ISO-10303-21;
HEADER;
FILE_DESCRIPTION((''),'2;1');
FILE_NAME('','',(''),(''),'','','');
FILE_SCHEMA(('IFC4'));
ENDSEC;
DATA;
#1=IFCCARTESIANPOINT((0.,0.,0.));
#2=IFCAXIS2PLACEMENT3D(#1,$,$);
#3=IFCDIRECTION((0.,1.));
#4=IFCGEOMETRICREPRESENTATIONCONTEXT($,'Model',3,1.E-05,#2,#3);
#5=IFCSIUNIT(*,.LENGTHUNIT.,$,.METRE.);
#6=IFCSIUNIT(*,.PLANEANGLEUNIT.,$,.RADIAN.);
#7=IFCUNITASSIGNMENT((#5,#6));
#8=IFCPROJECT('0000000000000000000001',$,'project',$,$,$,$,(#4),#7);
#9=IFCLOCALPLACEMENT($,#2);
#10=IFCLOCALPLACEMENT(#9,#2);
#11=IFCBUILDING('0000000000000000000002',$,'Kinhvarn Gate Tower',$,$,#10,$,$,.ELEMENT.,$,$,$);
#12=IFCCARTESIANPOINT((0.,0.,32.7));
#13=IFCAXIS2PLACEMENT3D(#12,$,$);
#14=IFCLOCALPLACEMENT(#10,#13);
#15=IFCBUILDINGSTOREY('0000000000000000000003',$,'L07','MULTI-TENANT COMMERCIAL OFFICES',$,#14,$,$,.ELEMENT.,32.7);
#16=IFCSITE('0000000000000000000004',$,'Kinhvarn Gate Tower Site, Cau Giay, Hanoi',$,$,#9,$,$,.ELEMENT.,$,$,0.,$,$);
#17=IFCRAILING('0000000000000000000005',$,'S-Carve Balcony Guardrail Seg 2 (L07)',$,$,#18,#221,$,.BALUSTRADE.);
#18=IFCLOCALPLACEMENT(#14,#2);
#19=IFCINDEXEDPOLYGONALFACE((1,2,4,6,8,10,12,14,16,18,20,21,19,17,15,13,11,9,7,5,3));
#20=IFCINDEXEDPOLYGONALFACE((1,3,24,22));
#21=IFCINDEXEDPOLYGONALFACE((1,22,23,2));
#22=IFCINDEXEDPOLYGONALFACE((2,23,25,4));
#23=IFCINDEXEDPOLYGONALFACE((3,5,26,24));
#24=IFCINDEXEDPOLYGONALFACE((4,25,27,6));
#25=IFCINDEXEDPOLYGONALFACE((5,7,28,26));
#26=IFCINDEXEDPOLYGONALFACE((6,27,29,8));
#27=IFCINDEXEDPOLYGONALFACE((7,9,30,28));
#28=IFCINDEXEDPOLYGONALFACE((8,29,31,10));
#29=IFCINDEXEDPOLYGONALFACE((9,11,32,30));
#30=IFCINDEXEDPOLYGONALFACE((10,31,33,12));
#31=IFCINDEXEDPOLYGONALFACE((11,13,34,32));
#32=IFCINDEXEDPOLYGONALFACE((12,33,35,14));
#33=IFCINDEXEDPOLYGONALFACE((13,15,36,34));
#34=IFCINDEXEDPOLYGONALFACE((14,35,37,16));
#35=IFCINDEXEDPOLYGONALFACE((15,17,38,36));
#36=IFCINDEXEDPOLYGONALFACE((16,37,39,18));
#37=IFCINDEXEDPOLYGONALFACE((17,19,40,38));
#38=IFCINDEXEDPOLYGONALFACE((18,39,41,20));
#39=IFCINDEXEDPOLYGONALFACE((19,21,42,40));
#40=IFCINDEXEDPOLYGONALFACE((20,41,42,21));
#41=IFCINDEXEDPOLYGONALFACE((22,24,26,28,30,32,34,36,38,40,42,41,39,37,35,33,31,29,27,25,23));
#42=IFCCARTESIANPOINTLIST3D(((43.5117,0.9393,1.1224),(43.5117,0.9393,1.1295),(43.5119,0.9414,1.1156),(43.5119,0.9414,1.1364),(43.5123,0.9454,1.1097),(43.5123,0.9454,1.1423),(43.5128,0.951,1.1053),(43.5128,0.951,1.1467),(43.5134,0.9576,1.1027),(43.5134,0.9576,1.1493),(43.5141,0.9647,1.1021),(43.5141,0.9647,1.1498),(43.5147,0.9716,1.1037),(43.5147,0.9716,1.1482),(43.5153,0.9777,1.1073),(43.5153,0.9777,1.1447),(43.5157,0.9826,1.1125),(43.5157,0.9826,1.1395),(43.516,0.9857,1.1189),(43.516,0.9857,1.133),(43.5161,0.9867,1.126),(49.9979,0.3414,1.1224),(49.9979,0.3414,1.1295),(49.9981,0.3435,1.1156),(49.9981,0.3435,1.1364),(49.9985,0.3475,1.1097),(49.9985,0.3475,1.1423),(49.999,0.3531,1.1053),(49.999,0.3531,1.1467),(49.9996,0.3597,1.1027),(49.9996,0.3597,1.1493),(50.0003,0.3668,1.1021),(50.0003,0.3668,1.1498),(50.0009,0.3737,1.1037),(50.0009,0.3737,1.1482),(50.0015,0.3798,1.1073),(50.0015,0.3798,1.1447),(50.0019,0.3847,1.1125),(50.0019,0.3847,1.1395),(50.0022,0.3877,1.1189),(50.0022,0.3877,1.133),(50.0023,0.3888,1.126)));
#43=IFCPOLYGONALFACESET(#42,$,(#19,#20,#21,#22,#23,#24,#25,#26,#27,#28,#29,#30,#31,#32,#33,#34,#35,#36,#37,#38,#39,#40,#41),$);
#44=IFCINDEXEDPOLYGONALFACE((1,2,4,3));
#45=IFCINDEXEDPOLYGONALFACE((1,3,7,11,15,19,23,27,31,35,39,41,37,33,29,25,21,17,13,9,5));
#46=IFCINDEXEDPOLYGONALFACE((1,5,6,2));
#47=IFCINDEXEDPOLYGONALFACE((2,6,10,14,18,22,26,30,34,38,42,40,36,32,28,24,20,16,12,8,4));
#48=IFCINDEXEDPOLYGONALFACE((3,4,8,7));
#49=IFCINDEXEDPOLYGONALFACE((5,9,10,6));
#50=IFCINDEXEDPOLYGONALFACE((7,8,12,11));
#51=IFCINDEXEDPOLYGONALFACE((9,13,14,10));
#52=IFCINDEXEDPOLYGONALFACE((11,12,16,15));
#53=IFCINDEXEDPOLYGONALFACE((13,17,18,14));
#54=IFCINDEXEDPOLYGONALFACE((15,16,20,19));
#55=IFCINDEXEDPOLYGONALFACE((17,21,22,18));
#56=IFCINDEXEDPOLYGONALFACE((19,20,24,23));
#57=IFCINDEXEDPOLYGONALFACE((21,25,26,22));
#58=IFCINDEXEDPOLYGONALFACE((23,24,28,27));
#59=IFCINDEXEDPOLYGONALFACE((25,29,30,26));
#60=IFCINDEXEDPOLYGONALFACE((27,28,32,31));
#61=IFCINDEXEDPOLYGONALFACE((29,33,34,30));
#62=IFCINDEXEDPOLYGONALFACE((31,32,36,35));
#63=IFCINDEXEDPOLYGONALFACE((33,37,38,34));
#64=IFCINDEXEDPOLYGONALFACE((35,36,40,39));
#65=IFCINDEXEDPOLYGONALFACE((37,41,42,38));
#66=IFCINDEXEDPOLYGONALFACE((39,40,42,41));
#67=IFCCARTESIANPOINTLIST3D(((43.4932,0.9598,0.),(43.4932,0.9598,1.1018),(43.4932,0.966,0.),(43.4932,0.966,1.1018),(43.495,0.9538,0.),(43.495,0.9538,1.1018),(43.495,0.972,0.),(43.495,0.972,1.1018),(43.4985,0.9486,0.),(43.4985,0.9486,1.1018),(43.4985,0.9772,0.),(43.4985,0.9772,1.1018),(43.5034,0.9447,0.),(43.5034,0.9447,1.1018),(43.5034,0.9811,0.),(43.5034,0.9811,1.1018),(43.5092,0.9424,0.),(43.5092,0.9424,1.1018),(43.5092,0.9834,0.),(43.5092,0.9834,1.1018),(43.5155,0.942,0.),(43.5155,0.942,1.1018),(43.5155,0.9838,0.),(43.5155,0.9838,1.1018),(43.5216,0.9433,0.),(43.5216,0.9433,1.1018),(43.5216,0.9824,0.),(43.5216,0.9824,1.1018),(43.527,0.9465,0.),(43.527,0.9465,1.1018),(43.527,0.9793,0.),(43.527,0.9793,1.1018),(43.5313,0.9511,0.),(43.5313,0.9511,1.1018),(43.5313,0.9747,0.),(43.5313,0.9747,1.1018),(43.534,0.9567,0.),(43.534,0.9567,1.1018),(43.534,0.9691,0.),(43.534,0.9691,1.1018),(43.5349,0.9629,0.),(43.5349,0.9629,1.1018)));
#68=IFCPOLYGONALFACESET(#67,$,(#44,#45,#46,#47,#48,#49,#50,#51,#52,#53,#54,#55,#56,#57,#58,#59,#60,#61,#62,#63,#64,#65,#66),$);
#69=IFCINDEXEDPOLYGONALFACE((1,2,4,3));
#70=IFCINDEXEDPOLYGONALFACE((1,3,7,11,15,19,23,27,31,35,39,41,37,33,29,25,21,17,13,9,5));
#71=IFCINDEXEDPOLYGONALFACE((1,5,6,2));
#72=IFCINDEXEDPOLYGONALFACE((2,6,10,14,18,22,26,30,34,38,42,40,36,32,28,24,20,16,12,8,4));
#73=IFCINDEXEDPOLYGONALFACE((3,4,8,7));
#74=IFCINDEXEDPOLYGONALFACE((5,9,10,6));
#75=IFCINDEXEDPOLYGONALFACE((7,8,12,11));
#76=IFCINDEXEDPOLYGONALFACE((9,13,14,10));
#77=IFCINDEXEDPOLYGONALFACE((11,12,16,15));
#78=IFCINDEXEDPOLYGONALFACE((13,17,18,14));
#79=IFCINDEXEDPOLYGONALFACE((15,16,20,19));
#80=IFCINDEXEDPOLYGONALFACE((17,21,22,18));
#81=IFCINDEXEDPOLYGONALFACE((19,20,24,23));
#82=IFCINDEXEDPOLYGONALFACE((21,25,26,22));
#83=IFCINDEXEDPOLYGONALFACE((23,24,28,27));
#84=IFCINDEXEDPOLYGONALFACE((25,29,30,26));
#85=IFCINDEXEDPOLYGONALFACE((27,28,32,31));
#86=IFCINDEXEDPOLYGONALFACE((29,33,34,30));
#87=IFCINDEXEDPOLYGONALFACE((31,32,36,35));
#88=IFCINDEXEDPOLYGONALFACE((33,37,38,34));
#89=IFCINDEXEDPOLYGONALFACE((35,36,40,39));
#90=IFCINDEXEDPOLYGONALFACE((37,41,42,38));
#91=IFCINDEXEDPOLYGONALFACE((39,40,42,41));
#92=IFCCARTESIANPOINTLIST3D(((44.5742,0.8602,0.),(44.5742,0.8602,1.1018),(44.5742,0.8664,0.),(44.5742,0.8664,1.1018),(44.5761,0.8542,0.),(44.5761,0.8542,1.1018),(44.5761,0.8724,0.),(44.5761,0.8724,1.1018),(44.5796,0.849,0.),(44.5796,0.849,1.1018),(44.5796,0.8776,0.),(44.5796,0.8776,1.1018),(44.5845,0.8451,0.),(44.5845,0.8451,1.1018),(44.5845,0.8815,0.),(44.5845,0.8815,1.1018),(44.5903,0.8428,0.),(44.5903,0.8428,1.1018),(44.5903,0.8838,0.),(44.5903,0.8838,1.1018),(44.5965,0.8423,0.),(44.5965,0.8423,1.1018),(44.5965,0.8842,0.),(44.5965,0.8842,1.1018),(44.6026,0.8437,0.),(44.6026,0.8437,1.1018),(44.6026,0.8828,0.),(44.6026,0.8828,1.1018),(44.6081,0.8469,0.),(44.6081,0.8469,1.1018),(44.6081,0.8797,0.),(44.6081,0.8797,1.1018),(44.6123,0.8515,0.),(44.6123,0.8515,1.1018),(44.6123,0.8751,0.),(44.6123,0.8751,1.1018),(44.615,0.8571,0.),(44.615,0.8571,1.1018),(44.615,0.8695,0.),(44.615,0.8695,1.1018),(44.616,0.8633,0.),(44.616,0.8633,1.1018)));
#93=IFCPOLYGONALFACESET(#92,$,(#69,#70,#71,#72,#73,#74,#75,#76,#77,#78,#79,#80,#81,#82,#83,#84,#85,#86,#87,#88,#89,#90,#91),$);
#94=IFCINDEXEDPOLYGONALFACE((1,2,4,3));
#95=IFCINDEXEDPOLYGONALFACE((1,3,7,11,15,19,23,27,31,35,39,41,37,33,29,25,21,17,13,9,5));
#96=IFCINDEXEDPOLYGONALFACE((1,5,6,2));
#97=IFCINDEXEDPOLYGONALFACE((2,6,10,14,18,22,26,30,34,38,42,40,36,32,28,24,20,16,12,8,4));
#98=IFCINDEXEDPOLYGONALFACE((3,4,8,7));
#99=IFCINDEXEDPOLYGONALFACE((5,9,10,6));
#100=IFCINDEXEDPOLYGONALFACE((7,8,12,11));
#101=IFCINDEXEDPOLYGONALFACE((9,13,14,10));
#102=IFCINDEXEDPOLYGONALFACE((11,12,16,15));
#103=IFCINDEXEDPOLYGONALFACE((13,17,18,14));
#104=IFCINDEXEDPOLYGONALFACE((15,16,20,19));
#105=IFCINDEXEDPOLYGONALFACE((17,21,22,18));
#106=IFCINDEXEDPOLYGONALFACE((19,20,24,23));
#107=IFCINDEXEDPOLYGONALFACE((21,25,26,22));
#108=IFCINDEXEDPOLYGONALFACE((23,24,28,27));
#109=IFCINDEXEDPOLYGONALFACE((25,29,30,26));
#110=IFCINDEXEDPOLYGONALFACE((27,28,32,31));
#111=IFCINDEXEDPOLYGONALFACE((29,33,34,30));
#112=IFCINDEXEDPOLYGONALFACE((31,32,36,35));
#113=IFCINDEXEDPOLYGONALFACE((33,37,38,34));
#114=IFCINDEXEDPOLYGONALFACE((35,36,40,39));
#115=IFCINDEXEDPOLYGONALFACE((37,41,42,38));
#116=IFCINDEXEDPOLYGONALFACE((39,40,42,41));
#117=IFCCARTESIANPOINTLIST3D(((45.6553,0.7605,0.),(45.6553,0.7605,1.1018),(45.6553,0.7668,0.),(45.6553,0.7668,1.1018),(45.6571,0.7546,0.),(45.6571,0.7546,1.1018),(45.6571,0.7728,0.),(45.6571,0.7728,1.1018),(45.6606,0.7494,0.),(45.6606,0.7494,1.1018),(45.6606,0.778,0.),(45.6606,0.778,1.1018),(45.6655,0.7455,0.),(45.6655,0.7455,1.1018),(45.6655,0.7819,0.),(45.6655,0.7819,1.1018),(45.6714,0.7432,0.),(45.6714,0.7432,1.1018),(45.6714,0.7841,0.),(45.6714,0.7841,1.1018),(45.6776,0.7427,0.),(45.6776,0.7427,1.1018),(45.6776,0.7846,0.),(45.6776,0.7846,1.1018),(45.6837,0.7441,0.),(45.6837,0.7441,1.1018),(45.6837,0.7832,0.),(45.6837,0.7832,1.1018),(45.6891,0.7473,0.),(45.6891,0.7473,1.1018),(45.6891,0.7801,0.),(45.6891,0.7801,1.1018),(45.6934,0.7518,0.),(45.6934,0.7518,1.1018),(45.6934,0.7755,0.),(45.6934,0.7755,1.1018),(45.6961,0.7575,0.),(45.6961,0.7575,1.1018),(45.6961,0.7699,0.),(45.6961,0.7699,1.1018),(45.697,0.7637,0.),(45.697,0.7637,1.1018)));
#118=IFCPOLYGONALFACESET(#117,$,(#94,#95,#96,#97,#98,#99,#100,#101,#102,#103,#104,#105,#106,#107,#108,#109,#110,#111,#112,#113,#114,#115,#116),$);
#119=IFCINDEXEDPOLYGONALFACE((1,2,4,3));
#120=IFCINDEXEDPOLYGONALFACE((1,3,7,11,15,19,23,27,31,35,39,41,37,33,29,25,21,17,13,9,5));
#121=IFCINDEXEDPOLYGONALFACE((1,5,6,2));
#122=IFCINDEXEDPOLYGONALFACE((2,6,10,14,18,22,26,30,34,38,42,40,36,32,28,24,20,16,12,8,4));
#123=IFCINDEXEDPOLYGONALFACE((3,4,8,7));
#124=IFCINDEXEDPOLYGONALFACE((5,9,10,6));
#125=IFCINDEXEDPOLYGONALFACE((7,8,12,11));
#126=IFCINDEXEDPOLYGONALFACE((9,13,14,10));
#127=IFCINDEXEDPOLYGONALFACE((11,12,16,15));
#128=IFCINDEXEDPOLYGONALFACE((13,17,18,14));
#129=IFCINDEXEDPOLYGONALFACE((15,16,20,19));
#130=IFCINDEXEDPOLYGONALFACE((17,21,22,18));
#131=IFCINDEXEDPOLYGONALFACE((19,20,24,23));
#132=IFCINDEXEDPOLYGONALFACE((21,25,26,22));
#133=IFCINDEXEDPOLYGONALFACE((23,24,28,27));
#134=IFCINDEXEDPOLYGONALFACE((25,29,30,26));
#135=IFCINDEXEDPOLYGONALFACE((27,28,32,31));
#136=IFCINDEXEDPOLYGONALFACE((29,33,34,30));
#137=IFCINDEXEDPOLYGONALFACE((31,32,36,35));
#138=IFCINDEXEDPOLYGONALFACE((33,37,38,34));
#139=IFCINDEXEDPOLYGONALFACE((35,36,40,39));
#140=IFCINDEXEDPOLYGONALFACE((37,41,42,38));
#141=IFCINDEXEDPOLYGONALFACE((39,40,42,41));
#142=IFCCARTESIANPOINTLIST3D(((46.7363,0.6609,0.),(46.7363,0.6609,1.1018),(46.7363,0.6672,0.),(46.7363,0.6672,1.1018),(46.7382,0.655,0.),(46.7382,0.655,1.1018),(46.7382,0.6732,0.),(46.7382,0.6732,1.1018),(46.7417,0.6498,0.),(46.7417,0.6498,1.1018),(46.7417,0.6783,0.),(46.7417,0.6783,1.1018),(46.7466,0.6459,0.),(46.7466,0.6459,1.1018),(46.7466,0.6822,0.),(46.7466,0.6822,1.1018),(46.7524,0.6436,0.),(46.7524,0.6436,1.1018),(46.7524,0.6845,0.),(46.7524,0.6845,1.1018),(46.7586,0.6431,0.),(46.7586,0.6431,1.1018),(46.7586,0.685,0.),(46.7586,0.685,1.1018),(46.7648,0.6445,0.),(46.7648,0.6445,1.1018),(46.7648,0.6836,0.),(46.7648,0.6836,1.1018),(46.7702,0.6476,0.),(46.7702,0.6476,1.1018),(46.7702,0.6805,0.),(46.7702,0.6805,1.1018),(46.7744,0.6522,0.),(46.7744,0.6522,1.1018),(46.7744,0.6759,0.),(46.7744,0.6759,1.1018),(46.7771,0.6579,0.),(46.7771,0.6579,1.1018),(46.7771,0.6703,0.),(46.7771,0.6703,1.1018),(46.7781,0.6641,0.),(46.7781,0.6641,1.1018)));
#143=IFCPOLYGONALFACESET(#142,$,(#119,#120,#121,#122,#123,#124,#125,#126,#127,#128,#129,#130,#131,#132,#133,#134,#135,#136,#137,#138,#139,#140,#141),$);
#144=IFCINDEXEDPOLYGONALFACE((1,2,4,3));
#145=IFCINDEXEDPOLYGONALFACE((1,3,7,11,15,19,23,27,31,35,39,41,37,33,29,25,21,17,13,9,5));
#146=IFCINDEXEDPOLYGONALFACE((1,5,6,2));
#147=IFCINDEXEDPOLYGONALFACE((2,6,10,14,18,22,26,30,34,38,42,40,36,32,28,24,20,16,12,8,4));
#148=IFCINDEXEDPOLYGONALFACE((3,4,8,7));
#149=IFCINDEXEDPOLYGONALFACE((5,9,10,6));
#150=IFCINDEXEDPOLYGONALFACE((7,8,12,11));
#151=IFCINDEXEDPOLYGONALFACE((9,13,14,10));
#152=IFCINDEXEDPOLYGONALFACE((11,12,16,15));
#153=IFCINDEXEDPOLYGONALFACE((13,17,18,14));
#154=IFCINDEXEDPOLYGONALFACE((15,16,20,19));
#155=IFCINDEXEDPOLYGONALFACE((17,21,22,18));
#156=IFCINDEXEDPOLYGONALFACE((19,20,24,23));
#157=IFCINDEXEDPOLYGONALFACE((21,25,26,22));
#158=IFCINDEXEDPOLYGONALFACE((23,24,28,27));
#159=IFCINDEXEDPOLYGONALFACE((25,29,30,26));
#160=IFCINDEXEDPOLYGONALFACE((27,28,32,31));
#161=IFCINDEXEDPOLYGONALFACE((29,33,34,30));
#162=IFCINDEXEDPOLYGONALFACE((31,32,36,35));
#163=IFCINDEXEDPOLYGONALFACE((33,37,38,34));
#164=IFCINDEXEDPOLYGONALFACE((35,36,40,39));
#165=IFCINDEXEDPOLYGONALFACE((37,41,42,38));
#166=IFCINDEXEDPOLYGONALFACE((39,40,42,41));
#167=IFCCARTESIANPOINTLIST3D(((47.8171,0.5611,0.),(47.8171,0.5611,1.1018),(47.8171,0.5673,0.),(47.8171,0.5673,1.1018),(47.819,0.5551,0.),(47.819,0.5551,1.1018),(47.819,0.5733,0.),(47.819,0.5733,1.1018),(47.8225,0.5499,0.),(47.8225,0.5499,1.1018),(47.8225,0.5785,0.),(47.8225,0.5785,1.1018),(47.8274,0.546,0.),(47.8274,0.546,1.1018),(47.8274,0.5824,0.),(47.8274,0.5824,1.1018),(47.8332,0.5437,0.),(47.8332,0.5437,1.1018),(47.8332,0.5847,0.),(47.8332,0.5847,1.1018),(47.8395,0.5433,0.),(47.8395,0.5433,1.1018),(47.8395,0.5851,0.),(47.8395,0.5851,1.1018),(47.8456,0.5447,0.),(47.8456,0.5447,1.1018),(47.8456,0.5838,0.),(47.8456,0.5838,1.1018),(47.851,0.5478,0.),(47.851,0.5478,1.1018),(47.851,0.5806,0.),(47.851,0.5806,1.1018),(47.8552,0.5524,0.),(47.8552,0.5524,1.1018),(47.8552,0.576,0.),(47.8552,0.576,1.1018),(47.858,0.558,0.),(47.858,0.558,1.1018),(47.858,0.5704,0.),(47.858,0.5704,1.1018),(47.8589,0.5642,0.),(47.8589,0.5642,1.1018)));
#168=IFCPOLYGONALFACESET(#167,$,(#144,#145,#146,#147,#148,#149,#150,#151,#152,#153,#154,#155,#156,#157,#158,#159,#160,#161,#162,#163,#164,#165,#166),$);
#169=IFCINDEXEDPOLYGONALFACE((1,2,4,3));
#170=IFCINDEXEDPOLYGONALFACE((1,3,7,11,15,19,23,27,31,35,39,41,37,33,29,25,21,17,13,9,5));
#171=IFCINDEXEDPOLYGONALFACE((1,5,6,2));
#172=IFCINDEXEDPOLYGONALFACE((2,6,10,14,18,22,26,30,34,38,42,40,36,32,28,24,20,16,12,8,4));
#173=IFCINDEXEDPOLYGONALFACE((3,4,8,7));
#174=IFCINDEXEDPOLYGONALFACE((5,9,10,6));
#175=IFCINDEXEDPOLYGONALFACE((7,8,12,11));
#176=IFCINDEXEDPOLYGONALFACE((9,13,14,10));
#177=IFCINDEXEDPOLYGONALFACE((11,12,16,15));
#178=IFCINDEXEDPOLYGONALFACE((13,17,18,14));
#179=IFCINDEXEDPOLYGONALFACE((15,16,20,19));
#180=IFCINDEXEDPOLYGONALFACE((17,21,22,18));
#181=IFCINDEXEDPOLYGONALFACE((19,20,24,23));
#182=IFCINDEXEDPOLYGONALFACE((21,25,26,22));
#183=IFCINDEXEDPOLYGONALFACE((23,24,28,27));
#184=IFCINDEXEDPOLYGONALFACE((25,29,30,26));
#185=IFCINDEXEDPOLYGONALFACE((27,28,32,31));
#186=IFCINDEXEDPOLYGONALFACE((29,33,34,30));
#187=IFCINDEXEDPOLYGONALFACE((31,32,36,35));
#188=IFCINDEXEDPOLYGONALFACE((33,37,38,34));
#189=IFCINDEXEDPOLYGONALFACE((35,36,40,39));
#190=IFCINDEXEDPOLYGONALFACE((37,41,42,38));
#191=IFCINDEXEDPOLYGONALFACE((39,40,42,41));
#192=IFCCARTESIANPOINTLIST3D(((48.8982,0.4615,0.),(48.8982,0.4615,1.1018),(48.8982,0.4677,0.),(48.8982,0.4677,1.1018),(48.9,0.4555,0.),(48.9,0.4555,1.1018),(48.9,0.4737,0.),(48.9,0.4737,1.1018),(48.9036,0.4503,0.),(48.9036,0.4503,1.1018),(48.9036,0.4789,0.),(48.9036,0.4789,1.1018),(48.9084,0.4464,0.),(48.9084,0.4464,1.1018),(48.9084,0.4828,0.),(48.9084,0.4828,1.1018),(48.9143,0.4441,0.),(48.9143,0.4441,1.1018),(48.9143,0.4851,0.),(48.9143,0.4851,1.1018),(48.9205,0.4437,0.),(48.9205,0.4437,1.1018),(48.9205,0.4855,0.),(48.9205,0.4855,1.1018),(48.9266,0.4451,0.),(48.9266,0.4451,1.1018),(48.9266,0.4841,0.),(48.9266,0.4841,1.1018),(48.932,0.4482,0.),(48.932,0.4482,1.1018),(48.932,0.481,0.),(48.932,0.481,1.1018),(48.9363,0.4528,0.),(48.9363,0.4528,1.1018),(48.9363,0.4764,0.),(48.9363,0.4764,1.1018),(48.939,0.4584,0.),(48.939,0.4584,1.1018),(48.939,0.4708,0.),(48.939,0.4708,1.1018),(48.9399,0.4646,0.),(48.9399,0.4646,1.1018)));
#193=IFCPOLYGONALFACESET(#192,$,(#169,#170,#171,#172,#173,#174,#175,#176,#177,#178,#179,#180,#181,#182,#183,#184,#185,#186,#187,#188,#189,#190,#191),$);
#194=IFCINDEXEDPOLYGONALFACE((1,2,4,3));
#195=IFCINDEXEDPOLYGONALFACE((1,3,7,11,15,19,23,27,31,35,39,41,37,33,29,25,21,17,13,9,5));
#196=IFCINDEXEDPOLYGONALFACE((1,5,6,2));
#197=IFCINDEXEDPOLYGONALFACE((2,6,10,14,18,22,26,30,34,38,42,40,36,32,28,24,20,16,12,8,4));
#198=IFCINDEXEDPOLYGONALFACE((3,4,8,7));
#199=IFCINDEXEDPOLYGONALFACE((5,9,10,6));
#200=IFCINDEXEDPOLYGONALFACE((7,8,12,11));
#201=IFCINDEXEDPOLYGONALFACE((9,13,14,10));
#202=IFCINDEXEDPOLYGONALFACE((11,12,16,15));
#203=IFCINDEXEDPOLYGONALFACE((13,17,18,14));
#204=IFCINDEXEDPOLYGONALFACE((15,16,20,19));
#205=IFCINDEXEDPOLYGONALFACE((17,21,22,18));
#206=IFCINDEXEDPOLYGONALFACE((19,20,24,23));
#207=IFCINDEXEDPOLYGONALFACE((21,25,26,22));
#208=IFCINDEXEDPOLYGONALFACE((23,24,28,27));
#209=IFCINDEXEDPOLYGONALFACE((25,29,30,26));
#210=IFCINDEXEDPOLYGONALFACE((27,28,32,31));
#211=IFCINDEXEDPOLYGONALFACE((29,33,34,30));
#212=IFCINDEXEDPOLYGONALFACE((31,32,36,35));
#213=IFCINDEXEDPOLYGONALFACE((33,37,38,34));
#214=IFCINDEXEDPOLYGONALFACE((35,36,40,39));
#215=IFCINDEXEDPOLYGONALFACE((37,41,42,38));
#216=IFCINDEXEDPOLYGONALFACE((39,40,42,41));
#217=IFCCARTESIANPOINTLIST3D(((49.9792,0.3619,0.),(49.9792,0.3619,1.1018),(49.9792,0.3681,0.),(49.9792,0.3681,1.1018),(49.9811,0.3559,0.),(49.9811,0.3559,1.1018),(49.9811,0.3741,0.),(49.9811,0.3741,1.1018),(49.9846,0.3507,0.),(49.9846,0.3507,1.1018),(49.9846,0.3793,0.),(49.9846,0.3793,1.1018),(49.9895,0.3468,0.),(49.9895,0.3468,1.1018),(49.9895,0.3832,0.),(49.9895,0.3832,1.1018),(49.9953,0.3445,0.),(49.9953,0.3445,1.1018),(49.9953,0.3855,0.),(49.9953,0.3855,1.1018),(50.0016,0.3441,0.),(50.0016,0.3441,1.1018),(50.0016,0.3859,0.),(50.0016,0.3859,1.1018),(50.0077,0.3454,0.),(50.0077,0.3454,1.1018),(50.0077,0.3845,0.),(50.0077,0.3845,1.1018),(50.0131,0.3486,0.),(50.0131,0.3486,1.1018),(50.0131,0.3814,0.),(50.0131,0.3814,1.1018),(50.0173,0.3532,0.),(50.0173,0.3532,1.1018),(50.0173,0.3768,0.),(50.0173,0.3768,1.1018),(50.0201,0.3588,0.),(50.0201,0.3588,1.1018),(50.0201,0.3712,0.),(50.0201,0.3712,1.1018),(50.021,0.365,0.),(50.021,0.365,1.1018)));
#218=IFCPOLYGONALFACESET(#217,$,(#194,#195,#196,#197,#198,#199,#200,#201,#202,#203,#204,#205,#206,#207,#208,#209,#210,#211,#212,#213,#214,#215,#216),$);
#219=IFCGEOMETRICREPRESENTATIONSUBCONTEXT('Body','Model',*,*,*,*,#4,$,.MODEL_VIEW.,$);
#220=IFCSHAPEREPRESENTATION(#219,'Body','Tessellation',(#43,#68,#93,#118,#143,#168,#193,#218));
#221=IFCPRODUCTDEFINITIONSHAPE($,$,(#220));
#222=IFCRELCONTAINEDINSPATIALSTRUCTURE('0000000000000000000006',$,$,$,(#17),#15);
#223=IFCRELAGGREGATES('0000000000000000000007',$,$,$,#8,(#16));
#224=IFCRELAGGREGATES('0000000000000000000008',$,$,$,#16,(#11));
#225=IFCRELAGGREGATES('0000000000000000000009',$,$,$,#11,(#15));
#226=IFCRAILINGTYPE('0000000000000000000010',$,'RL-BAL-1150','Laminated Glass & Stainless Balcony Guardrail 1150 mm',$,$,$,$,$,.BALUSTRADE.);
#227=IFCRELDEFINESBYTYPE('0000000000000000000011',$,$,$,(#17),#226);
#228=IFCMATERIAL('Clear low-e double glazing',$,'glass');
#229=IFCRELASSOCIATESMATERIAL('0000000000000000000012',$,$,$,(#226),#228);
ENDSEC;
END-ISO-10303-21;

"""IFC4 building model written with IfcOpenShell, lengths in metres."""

from ifc_helpers import new_model, si_unit, direction, frame, origin, origin_2d, place, context, subcontext, project, spatial, circle, extrude, material, type_object, element, save


model = new_model("IFC4")

# Units and contexts
model_context = context("Model", 3, precision=1e-05, world=origin(), true_north=direction((0.0, 1.0)))
body_context = subcontext(model_context, "Body", "Model", "MODEL_VIEW")
ifc_project = project(units=[si_unit("LENGTHUNIT", "METRE"), si_unit("PLANEANGLEUNIT", "RADIAN")], contexts=[model_context])

# Site, building, storey
site_placement = place(None, origin())
site = spatial("IfcSite", under=ifc_project, at=site_placement, Name="Kinhvarn Gate Tower Site, Cau Giay, Hanoi", CompositionType="ELEMENT", RefElevation=0.0)
building_placement = place(site_placement, origin())
building = spatial("IfcBuilding", under=site, at=building_placement, Name="Kinhvarn Gate Tower", CompositionType="ELEMENT")
storey_placement = place(building_placement, frame((0.0, 0.0, 32.7)))
storey = spatial("IfcBuildingStorey", under=building, at=storey_placement, Name="L07", Description="MULTI-TENANT COMMERCIAL OFFICES", CompositionType="ELEMENT", Elevation=32.7)

# Shared definitions
ifc_material_1 = material(Name="Clear low-e double glazing", Category="glass")

# Railing
railing_type = type_object("IfcRailingType", Name="RL-BAL-1150", Description="Laminated Glass & Stainless Balcony Guardrail 1150 mm", PredefinedType="BALUSTRADE", material=ifc_material_1)
railing_1_placement = place(storey_placement, frame((43.5139, 0.9629, 0.0)))
element("IfcRailing", 1, at=railing_1_placement, inside=storey, type_object=railing_type, Name="S-Carve Balcony Guardrail Seg 2 (L07)", PredefinedType="BALUSTRADE", context=body_context, shape_type="SweptSolid", body=[
    extrude(circle(Radius=0.0239, at=origin_2d()), frame((0.0, 0.0, 1.126), z_axis=(0.995778, -0.091793, 0.0), x_axis=(0.091793, 0.995778, 0.0)), (0.0, 0.0, 1.0), 6.5137),
    extrude(circle(Radius=0.021, at=origin_2d()), origin(), (0.0, 0.0, 1.0), 1.1018),
    extrude(circle(Radius=0.021, at=origin_2d()), frame((1.0811, -0.0996, 0.0)), (0.0, 0.0, 1.0), 1.1018),
    extrude(circle(Radius=0.021, at=origin_2d()), frame((2.1621, -0.1992, 0.0)), (0.0, 0.0, 1.0), 1.1018),
    extrude(circle(Radius=0.021, at=origin_2d()), frame((3.2432, -0.2988, 0.0)), (0.0, 0.0, 1.0), 1.1018),
    extrude(circle(Radius=0.021, at=origin_2d()), frame((4.324, -0.3987, 0.0)), (0.0, 0.0, 1.0), 1.1018),
    extrude(circle(Radius=0.021, at=origin_2d()), frame((5.405, -0.4983, 0.0)), (0.0, 0.0, 1.0), 1.1018),
    extrude(circle(Radius=0.021, at=origin_2d()), frame((6.4861, -0.5979, 0.0)), (0.0, 0.0, 1.0), 1.1018),
])

save(model, "model.ifc")
